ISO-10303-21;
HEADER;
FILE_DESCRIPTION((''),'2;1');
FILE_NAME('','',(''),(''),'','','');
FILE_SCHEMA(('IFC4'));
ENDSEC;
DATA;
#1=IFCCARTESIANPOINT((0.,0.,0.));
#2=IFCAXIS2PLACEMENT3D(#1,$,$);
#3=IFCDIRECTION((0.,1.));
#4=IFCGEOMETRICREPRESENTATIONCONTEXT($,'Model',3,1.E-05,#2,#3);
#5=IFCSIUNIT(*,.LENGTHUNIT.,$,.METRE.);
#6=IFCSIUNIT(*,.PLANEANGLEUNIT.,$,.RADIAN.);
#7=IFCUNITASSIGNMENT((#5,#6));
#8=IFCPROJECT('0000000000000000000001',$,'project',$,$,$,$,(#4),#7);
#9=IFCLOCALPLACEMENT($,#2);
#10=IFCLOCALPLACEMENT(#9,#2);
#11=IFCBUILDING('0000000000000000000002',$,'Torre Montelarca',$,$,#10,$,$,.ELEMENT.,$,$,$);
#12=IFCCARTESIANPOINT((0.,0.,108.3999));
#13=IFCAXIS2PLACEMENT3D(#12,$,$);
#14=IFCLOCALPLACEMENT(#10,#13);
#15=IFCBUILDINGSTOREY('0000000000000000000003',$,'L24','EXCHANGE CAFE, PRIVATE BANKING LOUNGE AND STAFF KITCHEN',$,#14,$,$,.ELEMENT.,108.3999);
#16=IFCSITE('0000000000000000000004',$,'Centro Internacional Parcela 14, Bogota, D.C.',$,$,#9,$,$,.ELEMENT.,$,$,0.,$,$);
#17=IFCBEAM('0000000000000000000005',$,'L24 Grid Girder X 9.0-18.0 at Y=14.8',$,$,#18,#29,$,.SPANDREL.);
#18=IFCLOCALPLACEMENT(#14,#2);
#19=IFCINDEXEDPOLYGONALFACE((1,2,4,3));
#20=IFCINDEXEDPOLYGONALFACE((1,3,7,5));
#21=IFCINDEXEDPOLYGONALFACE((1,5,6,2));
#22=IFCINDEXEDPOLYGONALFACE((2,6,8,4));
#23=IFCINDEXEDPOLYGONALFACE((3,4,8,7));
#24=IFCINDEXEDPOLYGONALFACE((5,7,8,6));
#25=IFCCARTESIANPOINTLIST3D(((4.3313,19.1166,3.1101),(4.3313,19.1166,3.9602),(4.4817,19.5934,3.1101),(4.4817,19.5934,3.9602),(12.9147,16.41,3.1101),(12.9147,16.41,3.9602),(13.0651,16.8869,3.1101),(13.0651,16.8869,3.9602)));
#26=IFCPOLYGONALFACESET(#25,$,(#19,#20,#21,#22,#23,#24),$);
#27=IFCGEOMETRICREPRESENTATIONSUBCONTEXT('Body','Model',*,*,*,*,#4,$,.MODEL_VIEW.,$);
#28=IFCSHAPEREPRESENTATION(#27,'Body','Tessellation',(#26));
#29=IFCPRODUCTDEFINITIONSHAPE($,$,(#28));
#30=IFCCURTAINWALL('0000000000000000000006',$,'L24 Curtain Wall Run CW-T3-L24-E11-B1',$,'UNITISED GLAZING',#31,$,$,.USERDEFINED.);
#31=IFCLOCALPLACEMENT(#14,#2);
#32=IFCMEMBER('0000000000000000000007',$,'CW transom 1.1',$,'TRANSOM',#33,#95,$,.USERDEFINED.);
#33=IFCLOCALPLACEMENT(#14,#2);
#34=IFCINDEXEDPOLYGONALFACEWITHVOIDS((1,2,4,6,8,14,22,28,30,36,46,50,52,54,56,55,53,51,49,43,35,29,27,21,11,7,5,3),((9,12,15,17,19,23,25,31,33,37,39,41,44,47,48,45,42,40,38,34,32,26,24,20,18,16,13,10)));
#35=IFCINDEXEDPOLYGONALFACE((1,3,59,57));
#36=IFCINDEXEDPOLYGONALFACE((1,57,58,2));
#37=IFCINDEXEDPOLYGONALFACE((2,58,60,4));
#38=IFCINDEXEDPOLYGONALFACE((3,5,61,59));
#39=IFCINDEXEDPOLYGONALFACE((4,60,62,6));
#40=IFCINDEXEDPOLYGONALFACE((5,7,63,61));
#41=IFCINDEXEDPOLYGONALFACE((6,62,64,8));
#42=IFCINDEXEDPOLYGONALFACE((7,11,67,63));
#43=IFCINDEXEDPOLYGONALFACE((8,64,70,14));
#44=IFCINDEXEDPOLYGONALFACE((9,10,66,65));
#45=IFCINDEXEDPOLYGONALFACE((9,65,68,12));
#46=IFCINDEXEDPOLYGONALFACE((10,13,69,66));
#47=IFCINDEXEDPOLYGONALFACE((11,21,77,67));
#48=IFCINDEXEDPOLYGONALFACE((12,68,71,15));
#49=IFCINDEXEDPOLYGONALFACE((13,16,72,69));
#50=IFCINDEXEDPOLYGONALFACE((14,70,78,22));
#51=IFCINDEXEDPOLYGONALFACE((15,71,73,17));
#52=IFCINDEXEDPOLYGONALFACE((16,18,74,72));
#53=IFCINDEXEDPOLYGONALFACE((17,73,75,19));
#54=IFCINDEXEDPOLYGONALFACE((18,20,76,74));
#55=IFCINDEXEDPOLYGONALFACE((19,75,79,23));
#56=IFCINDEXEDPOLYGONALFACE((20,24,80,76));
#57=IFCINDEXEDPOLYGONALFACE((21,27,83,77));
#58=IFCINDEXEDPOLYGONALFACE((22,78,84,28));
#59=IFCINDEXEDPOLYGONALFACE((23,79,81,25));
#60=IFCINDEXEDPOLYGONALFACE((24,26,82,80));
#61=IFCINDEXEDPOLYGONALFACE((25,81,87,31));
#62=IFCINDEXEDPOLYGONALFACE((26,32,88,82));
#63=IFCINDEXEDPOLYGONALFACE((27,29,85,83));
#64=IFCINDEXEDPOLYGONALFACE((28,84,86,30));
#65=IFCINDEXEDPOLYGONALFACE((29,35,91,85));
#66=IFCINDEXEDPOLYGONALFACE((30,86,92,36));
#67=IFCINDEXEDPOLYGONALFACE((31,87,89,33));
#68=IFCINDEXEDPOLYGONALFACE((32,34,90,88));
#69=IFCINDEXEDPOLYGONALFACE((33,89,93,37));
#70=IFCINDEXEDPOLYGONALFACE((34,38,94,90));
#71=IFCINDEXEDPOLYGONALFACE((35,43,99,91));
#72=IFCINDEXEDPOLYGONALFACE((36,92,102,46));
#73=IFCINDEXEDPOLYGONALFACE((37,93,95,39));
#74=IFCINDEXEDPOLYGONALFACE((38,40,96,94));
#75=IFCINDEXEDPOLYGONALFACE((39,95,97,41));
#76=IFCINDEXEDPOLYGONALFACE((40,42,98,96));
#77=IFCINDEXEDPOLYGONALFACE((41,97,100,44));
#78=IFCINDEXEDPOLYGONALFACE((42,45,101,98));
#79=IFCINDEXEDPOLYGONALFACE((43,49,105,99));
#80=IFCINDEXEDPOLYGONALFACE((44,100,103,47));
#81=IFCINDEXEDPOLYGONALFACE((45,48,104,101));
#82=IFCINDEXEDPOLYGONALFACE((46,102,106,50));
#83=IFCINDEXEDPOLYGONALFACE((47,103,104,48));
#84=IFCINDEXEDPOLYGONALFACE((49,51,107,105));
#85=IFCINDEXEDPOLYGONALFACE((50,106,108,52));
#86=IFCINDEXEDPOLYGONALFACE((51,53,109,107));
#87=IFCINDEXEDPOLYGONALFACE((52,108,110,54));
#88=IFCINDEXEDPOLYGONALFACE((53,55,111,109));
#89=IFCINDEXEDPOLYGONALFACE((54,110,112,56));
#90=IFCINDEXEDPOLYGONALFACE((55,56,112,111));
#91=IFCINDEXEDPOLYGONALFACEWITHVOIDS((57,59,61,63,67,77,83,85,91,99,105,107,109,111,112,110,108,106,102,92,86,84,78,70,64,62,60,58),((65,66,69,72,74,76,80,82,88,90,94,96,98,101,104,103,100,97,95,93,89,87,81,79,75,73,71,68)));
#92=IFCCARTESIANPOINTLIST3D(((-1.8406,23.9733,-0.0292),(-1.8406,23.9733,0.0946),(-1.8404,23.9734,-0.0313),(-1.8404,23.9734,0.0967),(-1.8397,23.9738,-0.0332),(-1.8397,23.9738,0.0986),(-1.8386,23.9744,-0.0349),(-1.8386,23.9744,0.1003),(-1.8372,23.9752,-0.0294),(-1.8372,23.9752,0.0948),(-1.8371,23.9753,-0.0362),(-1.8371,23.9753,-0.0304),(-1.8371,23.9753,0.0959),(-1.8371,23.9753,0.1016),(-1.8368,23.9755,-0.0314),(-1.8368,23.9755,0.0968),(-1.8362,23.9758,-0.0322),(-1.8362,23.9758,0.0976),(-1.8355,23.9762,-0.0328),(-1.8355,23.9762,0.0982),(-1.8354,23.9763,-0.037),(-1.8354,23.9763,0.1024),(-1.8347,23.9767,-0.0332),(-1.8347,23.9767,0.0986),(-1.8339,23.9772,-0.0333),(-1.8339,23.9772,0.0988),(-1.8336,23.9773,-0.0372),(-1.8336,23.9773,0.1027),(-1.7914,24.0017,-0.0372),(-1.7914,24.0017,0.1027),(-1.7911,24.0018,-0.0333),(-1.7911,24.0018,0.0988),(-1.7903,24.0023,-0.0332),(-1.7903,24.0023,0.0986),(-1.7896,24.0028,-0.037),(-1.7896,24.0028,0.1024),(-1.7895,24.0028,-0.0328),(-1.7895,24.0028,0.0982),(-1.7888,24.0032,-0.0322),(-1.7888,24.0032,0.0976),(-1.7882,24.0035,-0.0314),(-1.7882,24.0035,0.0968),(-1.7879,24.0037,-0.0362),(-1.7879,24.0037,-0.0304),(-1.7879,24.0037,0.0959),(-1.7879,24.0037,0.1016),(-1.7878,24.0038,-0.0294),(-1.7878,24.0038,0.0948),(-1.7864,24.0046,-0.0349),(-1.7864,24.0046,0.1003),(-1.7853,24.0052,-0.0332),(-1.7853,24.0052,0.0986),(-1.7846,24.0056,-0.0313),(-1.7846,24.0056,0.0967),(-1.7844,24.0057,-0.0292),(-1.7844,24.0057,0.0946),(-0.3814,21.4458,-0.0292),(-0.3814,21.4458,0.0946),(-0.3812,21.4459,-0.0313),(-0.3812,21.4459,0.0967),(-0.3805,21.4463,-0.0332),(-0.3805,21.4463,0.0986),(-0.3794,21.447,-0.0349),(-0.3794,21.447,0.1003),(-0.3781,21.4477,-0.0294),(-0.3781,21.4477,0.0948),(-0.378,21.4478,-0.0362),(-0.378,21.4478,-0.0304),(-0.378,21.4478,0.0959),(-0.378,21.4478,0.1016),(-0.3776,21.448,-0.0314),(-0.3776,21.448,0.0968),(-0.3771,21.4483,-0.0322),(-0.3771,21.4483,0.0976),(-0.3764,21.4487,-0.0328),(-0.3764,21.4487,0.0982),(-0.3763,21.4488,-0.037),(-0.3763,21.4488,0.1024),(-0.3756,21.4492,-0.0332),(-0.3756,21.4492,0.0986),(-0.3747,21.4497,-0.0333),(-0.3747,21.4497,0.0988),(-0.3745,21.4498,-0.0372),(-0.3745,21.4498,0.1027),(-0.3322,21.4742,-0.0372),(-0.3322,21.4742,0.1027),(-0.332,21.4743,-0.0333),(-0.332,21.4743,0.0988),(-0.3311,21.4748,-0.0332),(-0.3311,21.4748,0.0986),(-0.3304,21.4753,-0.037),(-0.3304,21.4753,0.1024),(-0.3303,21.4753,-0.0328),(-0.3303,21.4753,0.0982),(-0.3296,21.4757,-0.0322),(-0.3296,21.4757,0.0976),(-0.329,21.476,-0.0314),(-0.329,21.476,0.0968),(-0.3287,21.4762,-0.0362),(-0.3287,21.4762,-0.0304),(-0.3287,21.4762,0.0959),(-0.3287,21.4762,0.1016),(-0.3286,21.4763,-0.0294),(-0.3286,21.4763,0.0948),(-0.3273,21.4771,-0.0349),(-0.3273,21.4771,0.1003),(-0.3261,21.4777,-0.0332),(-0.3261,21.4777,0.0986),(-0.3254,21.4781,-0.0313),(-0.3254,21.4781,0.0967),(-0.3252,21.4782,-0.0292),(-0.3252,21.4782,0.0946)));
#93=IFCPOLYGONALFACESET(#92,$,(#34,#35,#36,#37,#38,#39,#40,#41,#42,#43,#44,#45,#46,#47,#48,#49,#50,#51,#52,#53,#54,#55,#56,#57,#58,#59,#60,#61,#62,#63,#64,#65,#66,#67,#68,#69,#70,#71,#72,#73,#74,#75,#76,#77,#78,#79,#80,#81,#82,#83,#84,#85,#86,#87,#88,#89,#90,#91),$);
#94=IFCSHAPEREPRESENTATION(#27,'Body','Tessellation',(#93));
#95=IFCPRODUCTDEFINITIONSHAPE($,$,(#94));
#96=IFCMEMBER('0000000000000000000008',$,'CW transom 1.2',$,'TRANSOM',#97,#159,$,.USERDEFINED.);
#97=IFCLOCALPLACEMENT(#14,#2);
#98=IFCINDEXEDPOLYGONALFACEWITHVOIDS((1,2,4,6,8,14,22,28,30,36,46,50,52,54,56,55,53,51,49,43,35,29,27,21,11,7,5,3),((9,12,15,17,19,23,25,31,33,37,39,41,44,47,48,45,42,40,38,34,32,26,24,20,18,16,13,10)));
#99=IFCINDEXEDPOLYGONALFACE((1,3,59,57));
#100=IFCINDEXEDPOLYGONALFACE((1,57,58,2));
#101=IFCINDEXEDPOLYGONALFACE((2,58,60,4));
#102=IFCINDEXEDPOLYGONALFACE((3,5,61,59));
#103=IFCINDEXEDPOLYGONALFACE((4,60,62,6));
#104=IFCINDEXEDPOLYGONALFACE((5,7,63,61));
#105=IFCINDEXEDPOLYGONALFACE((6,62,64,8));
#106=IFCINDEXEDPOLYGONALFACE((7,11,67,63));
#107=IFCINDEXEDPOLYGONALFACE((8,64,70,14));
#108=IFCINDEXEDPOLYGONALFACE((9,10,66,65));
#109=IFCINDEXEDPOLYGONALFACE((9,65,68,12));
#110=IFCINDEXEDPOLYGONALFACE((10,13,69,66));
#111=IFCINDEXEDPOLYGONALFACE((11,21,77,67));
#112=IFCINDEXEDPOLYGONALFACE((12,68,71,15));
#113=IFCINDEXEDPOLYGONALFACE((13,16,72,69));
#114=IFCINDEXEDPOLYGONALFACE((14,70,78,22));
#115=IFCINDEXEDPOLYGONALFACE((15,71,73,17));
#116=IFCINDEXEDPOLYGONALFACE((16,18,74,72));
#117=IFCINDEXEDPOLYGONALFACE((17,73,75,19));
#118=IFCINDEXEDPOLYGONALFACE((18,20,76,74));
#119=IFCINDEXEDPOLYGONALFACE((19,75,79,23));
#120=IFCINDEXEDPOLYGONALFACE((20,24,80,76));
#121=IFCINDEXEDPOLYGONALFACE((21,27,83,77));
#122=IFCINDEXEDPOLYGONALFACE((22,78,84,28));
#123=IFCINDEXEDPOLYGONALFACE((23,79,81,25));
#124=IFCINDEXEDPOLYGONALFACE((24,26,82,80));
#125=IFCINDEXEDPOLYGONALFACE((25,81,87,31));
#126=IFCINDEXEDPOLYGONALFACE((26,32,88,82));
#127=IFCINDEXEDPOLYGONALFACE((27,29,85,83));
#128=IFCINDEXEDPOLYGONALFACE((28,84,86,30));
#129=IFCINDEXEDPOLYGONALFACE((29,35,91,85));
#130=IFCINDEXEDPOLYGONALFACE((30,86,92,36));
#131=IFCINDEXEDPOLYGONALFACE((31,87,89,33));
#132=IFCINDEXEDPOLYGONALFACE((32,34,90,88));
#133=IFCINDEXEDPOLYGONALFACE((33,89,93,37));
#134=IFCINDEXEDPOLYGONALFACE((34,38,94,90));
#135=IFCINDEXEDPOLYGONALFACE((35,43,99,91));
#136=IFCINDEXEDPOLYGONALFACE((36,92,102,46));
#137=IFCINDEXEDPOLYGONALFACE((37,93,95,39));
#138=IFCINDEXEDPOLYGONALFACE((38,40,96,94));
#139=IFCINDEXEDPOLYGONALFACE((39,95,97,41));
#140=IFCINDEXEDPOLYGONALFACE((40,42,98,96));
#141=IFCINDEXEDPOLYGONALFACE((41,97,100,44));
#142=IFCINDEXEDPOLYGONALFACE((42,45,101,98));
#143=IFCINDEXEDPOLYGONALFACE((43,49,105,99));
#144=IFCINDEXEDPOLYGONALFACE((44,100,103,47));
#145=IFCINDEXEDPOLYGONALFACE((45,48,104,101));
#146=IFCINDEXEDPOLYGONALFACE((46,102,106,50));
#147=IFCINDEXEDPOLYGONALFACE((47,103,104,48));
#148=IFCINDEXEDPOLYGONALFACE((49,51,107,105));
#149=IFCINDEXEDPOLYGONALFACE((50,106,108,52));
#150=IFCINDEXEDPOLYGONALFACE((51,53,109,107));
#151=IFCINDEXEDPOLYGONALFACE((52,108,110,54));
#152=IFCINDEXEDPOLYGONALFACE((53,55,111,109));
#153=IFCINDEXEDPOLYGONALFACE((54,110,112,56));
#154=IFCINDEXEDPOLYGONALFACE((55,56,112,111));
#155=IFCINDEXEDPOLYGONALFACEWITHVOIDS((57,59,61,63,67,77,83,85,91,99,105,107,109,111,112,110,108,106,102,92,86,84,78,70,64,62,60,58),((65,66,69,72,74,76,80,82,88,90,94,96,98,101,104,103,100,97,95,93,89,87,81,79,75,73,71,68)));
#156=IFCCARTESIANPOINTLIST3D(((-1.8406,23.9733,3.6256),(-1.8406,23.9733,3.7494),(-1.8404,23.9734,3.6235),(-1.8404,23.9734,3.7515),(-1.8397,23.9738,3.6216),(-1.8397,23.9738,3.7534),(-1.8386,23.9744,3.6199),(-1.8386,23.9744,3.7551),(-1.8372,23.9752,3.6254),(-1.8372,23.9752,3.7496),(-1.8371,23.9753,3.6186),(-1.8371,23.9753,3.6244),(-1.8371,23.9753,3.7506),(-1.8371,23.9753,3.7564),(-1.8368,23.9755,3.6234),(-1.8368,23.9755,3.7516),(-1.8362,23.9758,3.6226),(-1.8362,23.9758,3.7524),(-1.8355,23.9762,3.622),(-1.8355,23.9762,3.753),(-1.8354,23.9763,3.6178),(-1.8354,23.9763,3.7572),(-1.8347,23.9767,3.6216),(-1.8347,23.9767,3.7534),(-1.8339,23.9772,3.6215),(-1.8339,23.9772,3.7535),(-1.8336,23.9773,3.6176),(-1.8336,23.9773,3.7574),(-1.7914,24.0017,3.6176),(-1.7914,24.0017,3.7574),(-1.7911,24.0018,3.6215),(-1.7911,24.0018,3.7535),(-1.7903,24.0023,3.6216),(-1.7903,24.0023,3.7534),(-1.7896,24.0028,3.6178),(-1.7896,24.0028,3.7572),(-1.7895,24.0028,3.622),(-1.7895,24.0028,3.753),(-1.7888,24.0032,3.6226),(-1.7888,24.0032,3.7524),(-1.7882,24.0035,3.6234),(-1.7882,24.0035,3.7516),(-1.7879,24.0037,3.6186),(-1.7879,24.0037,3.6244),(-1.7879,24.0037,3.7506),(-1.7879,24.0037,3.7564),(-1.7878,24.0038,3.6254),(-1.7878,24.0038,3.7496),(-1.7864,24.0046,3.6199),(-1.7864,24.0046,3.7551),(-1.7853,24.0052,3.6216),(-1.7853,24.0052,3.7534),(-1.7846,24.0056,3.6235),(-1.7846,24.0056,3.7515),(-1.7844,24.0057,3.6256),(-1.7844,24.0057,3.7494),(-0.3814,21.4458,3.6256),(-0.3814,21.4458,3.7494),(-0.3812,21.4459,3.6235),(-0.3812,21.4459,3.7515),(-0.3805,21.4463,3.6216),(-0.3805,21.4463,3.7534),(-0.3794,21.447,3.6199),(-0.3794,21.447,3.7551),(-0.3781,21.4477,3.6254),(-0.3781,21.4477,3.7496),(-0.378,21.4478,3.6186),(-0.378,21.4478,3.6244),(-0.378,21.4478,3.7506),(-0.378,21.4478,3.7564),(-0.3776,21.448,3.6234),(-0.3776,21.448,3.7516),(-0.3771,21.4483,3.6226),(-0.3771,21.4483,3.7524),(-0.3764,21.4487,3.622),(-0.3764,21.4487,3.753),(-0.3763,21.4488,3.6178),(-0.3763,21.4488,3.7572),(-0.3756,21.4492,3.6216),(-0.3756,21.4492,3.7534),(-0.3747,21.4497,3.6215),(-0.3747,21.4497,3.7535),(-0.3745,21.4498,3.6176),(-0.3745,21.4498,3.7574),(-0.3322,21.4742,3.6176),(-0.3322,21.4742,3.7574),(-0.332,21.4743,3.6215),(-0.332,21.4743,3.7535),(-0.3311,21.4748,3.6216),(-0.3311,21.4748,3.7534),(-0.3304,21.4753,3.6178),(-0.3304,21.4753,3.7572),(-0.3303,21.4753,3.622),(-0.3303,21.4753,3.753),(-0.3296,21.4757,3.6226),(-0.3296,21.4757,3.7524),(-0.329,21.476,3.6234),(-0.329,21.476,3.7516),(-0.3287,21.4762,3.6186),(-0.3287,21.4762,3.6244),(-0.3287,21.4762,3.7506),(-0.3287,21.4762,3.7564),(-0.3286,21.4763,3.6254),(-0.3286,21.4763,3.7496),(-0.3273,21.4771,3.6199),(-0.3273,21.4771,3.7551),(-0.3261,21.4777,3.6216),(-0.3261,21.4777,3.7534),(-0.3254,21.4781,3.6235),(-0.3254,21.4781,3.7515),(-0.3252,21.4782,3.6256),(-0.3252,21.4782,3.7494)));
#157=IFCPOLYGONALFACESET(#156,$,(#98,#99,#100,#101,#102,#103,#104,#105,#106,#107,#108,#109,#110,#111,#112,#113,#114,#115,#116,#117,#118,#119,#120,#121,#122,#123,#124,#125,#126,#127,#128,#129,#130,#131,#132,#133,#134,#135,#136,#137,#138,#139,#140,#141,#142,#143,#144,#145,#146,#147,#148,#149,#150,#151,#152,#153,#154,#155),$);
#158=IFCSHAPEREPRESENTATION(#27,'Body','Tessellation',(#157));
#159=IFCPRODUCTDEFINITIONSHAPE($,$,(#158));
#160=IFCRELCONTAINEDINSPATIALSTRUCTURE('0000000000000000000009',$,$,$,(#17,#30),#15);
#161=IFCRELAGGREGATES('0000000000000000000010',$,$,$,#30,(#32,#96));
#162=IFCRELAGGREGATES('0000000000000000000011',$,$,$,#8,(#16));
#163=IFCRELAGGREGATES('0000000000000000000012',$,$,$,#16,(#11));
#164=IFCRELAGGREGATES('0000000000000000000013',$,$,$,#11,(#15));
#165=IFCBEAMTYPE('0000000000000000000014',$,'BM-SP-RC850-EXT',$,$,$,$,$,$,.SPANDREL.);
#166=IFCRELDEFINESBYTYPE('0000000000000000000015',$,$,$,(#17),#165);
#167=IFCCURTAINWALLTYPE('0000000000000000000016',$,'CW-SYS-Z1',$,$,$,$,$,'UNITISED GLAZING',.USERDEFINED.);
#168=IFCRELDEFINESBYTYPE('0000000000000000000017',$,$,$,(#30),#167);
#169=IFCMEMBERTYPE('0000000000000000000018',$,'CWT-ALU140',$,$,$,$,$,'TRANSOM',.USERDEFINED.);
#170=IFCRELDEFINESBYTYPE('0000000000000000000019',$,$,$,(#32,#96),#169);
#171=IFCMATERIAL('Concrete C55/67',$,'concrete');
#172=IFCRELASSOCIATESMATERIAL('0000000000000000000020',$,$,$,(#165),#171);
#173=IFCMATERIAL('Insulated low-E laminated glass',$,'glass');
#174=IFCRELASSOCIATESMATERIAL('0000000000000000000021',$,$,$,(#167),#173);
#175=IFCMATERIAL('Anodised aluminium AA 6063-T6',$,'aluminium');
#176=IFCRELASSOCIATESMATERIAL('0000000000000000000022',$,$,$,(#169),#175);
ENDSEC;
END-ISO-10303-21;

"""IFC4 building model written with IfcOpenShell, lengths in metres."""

from ifc_helpers import new_model, si_unit, direction, frame, origin, origin_2d, place, context, subcontext, project, spatial, rectangle, hollow_rectangle, extrude, source, transform, mapped, material, material_profile, profile_set, type_object, element, aggregate, save


model = new_model("IFC4")

# Units and contexts
model_context = context("Model", 3, precision=1e-05, world=origin(), true_north=direction((0.0, 1.0)))
body_context = subcontext(model_context, "Body", "Model", "MODEL_VIEW")
ifc_project = project(units=[si_unit("LENGTHUNIT", "METRE"), si_unit("PLANEANGLEUNIT", "RADIAN")], contexts=[model_context])

# Site, building, storey
site_placement = place(None, origin())
site = spatial("IfcSite", under=ifc_project, at=site_placement, Name="Centro Internacional Parcela 14, Bogota, D.C.", CompositionType="ELEMENT", RefElevation=0.0)
building_placement = place(site_placement, origin())
building = spatial("IfcBuilding", under=site, at=building_placement, Name="Torre Montelarca", CompositionType="ELEMENT")
storey_placement = place(building_placement, frame((0.0, 0.0, 108.3999)))
storey = spatial("IfcBuildingStorey", under=building, at=storey_placement, Name="L24", Description="EXCHANGE CAFE, PRIVATE BANKING LOUNGE AND STAFF KITCHEN", CompositionType="ELEMENT", Elevation=108.3999)

# Beam
ifc_material_1 = material(Name="Concrete C55/67", Category="concrete")
ifc_material_profile_1 = material_profile(ifc_material_1, rectangle(XDim=0.5, YDim=0.8501, at=origin_2d()), Name="RCB500X850", Category="concrete")
ifc_profile_set_1 = profile_set([ifc_material_profile_1], Name="Concrete C55/67")
beam_type = type_object("IfcBeamType", Name="BM-SP-RC850-EXT", PredefinedType="SPANDREL", material=ifc_profile_set_1)
shared_shape_1 = source(origin(), body_context, "Body", "SweptSolid", [
    extrude(rectangle(XDim=0.5, YDim=0.8501, at=origin_2d()), origin(), (0.0, 0.0, 1.0), 9.0),
])
beam_placement = place(storey_placement, frame((4.4065, 19.355, 3.5352), z_axis=(0.953711, -0.300724, 0.0), x_axis=(0.300724, 0.953711, 0.0)))
element("IfcBeam", 1, at=beam_placement, inside=storey, type_object=beam_type, Name="L24 Grid Girder X 9.0-18.0 at Y=14.8", PredefinedType="SPANDREL", context=body_context, shape_type="MappedRepresentation", body=[
    mapped(shared_shape_1, transform((0.0, 0.0, 0.0), scale=1.0)),
])

# Curtain wall, members
ifc_material_2 = material(Name="Insulated low-E laminated glass", Category="glass")
curtain_wall_type = type_object("IfcCurtainWallType", Name="CW-SYS-Z1", ElementType="UNITISED GLAZING", PredefinedType="USERDEFINED", material=ifc_material_2)
curtain_wall_1_placement = place(storey_placement, origin())
curtain_wall_1 = element("IfcCurtainWall", 2, at=curtain_wall_1_placement, inside=storey, type_object=curtain_wall_type, Name="L24 Curtain Wall Run CW-T3-L24-E11-B1", ObjectType="UNITISED GLAZING", PredefinedType="USERDEFINED")
ifc_material_3 = material(Name="Anodised aluminium AA 6063-T6", Category="aluminium")
ifc_material_profile_2 = material_profile(ifc_material_3, hollow_rectangle(XDim=0.0649, YDim=0.1399, WallThickness=0.0039, InnerFilletRadius=0.0039, OuterFilletRadius=0.0081, at=origin_2d()), Name="ALU65X140X4", Category="aluminium")
ifc_profile_set_2 = profile_set([ifc_material_profile_2], Name="Anodised aluminium AA 6063-T6")
member_type_1 = type_object("IfcMemberType", Name="CWT-ALU140", ElementType="TRANSOM", PredefinedType="USERDEFINED", material=ifc_profile_set_2)
shared_shape_2 = source(origin(), body_context, "Body", "SweptSolid", [
    extrude(hollow_rectangle(XDim=0.0649, YDim=0.1399, WallThickness=0.0039, InnerFilletRadius=0.0039, OuterFilletRadius=0.0081, at=origin_2d()), origin(), (0.0, 0.0, 1.0), 2.9185),
])
member_1_placement = place(storey_placement, frame((-1.8125, 23.9895, 0.0327), z_axis=(0.499981, -0.866037, 0.0), x_axis=(0.866037, 0.499981, 0.0)))
member_1 = element("IfcMember", 3, at=member_1_placement, type_object=member_type_1, Name="CW transom 1.1", ObjectType="TRANSOM", PredefinedType="USERDEFINED", context=body_context, shape_type="MappedRepresentation", body=[
    mapped(shared_shape_2, transform((0.0, 0.0, 0.0), scale=1.0)),
])
member_2_placement = place(storey_placement, frame((-1.8125, 23.9895, 3.6875), z_axis=(0.499981, -0.866037, 0.0), x_axis=(0.866037, 0.499981, 0.0)))
member_2 = element("IfcMember", 4, at=member_2_placement, type_object=member_type_1, Name="CW transom 1.2", ObjectType="TRANSOM", PredefinedType="USERDEFINED", context=body_context, shape_type="MappedRepresentation", body=[
    mapped(shared_shape_2, transform((0.0, 0.0, 0.0), scale=1.0)),
])

aggregate(curtain_wall_1, [member_1, member_2])

save(model, "model.ifc")
